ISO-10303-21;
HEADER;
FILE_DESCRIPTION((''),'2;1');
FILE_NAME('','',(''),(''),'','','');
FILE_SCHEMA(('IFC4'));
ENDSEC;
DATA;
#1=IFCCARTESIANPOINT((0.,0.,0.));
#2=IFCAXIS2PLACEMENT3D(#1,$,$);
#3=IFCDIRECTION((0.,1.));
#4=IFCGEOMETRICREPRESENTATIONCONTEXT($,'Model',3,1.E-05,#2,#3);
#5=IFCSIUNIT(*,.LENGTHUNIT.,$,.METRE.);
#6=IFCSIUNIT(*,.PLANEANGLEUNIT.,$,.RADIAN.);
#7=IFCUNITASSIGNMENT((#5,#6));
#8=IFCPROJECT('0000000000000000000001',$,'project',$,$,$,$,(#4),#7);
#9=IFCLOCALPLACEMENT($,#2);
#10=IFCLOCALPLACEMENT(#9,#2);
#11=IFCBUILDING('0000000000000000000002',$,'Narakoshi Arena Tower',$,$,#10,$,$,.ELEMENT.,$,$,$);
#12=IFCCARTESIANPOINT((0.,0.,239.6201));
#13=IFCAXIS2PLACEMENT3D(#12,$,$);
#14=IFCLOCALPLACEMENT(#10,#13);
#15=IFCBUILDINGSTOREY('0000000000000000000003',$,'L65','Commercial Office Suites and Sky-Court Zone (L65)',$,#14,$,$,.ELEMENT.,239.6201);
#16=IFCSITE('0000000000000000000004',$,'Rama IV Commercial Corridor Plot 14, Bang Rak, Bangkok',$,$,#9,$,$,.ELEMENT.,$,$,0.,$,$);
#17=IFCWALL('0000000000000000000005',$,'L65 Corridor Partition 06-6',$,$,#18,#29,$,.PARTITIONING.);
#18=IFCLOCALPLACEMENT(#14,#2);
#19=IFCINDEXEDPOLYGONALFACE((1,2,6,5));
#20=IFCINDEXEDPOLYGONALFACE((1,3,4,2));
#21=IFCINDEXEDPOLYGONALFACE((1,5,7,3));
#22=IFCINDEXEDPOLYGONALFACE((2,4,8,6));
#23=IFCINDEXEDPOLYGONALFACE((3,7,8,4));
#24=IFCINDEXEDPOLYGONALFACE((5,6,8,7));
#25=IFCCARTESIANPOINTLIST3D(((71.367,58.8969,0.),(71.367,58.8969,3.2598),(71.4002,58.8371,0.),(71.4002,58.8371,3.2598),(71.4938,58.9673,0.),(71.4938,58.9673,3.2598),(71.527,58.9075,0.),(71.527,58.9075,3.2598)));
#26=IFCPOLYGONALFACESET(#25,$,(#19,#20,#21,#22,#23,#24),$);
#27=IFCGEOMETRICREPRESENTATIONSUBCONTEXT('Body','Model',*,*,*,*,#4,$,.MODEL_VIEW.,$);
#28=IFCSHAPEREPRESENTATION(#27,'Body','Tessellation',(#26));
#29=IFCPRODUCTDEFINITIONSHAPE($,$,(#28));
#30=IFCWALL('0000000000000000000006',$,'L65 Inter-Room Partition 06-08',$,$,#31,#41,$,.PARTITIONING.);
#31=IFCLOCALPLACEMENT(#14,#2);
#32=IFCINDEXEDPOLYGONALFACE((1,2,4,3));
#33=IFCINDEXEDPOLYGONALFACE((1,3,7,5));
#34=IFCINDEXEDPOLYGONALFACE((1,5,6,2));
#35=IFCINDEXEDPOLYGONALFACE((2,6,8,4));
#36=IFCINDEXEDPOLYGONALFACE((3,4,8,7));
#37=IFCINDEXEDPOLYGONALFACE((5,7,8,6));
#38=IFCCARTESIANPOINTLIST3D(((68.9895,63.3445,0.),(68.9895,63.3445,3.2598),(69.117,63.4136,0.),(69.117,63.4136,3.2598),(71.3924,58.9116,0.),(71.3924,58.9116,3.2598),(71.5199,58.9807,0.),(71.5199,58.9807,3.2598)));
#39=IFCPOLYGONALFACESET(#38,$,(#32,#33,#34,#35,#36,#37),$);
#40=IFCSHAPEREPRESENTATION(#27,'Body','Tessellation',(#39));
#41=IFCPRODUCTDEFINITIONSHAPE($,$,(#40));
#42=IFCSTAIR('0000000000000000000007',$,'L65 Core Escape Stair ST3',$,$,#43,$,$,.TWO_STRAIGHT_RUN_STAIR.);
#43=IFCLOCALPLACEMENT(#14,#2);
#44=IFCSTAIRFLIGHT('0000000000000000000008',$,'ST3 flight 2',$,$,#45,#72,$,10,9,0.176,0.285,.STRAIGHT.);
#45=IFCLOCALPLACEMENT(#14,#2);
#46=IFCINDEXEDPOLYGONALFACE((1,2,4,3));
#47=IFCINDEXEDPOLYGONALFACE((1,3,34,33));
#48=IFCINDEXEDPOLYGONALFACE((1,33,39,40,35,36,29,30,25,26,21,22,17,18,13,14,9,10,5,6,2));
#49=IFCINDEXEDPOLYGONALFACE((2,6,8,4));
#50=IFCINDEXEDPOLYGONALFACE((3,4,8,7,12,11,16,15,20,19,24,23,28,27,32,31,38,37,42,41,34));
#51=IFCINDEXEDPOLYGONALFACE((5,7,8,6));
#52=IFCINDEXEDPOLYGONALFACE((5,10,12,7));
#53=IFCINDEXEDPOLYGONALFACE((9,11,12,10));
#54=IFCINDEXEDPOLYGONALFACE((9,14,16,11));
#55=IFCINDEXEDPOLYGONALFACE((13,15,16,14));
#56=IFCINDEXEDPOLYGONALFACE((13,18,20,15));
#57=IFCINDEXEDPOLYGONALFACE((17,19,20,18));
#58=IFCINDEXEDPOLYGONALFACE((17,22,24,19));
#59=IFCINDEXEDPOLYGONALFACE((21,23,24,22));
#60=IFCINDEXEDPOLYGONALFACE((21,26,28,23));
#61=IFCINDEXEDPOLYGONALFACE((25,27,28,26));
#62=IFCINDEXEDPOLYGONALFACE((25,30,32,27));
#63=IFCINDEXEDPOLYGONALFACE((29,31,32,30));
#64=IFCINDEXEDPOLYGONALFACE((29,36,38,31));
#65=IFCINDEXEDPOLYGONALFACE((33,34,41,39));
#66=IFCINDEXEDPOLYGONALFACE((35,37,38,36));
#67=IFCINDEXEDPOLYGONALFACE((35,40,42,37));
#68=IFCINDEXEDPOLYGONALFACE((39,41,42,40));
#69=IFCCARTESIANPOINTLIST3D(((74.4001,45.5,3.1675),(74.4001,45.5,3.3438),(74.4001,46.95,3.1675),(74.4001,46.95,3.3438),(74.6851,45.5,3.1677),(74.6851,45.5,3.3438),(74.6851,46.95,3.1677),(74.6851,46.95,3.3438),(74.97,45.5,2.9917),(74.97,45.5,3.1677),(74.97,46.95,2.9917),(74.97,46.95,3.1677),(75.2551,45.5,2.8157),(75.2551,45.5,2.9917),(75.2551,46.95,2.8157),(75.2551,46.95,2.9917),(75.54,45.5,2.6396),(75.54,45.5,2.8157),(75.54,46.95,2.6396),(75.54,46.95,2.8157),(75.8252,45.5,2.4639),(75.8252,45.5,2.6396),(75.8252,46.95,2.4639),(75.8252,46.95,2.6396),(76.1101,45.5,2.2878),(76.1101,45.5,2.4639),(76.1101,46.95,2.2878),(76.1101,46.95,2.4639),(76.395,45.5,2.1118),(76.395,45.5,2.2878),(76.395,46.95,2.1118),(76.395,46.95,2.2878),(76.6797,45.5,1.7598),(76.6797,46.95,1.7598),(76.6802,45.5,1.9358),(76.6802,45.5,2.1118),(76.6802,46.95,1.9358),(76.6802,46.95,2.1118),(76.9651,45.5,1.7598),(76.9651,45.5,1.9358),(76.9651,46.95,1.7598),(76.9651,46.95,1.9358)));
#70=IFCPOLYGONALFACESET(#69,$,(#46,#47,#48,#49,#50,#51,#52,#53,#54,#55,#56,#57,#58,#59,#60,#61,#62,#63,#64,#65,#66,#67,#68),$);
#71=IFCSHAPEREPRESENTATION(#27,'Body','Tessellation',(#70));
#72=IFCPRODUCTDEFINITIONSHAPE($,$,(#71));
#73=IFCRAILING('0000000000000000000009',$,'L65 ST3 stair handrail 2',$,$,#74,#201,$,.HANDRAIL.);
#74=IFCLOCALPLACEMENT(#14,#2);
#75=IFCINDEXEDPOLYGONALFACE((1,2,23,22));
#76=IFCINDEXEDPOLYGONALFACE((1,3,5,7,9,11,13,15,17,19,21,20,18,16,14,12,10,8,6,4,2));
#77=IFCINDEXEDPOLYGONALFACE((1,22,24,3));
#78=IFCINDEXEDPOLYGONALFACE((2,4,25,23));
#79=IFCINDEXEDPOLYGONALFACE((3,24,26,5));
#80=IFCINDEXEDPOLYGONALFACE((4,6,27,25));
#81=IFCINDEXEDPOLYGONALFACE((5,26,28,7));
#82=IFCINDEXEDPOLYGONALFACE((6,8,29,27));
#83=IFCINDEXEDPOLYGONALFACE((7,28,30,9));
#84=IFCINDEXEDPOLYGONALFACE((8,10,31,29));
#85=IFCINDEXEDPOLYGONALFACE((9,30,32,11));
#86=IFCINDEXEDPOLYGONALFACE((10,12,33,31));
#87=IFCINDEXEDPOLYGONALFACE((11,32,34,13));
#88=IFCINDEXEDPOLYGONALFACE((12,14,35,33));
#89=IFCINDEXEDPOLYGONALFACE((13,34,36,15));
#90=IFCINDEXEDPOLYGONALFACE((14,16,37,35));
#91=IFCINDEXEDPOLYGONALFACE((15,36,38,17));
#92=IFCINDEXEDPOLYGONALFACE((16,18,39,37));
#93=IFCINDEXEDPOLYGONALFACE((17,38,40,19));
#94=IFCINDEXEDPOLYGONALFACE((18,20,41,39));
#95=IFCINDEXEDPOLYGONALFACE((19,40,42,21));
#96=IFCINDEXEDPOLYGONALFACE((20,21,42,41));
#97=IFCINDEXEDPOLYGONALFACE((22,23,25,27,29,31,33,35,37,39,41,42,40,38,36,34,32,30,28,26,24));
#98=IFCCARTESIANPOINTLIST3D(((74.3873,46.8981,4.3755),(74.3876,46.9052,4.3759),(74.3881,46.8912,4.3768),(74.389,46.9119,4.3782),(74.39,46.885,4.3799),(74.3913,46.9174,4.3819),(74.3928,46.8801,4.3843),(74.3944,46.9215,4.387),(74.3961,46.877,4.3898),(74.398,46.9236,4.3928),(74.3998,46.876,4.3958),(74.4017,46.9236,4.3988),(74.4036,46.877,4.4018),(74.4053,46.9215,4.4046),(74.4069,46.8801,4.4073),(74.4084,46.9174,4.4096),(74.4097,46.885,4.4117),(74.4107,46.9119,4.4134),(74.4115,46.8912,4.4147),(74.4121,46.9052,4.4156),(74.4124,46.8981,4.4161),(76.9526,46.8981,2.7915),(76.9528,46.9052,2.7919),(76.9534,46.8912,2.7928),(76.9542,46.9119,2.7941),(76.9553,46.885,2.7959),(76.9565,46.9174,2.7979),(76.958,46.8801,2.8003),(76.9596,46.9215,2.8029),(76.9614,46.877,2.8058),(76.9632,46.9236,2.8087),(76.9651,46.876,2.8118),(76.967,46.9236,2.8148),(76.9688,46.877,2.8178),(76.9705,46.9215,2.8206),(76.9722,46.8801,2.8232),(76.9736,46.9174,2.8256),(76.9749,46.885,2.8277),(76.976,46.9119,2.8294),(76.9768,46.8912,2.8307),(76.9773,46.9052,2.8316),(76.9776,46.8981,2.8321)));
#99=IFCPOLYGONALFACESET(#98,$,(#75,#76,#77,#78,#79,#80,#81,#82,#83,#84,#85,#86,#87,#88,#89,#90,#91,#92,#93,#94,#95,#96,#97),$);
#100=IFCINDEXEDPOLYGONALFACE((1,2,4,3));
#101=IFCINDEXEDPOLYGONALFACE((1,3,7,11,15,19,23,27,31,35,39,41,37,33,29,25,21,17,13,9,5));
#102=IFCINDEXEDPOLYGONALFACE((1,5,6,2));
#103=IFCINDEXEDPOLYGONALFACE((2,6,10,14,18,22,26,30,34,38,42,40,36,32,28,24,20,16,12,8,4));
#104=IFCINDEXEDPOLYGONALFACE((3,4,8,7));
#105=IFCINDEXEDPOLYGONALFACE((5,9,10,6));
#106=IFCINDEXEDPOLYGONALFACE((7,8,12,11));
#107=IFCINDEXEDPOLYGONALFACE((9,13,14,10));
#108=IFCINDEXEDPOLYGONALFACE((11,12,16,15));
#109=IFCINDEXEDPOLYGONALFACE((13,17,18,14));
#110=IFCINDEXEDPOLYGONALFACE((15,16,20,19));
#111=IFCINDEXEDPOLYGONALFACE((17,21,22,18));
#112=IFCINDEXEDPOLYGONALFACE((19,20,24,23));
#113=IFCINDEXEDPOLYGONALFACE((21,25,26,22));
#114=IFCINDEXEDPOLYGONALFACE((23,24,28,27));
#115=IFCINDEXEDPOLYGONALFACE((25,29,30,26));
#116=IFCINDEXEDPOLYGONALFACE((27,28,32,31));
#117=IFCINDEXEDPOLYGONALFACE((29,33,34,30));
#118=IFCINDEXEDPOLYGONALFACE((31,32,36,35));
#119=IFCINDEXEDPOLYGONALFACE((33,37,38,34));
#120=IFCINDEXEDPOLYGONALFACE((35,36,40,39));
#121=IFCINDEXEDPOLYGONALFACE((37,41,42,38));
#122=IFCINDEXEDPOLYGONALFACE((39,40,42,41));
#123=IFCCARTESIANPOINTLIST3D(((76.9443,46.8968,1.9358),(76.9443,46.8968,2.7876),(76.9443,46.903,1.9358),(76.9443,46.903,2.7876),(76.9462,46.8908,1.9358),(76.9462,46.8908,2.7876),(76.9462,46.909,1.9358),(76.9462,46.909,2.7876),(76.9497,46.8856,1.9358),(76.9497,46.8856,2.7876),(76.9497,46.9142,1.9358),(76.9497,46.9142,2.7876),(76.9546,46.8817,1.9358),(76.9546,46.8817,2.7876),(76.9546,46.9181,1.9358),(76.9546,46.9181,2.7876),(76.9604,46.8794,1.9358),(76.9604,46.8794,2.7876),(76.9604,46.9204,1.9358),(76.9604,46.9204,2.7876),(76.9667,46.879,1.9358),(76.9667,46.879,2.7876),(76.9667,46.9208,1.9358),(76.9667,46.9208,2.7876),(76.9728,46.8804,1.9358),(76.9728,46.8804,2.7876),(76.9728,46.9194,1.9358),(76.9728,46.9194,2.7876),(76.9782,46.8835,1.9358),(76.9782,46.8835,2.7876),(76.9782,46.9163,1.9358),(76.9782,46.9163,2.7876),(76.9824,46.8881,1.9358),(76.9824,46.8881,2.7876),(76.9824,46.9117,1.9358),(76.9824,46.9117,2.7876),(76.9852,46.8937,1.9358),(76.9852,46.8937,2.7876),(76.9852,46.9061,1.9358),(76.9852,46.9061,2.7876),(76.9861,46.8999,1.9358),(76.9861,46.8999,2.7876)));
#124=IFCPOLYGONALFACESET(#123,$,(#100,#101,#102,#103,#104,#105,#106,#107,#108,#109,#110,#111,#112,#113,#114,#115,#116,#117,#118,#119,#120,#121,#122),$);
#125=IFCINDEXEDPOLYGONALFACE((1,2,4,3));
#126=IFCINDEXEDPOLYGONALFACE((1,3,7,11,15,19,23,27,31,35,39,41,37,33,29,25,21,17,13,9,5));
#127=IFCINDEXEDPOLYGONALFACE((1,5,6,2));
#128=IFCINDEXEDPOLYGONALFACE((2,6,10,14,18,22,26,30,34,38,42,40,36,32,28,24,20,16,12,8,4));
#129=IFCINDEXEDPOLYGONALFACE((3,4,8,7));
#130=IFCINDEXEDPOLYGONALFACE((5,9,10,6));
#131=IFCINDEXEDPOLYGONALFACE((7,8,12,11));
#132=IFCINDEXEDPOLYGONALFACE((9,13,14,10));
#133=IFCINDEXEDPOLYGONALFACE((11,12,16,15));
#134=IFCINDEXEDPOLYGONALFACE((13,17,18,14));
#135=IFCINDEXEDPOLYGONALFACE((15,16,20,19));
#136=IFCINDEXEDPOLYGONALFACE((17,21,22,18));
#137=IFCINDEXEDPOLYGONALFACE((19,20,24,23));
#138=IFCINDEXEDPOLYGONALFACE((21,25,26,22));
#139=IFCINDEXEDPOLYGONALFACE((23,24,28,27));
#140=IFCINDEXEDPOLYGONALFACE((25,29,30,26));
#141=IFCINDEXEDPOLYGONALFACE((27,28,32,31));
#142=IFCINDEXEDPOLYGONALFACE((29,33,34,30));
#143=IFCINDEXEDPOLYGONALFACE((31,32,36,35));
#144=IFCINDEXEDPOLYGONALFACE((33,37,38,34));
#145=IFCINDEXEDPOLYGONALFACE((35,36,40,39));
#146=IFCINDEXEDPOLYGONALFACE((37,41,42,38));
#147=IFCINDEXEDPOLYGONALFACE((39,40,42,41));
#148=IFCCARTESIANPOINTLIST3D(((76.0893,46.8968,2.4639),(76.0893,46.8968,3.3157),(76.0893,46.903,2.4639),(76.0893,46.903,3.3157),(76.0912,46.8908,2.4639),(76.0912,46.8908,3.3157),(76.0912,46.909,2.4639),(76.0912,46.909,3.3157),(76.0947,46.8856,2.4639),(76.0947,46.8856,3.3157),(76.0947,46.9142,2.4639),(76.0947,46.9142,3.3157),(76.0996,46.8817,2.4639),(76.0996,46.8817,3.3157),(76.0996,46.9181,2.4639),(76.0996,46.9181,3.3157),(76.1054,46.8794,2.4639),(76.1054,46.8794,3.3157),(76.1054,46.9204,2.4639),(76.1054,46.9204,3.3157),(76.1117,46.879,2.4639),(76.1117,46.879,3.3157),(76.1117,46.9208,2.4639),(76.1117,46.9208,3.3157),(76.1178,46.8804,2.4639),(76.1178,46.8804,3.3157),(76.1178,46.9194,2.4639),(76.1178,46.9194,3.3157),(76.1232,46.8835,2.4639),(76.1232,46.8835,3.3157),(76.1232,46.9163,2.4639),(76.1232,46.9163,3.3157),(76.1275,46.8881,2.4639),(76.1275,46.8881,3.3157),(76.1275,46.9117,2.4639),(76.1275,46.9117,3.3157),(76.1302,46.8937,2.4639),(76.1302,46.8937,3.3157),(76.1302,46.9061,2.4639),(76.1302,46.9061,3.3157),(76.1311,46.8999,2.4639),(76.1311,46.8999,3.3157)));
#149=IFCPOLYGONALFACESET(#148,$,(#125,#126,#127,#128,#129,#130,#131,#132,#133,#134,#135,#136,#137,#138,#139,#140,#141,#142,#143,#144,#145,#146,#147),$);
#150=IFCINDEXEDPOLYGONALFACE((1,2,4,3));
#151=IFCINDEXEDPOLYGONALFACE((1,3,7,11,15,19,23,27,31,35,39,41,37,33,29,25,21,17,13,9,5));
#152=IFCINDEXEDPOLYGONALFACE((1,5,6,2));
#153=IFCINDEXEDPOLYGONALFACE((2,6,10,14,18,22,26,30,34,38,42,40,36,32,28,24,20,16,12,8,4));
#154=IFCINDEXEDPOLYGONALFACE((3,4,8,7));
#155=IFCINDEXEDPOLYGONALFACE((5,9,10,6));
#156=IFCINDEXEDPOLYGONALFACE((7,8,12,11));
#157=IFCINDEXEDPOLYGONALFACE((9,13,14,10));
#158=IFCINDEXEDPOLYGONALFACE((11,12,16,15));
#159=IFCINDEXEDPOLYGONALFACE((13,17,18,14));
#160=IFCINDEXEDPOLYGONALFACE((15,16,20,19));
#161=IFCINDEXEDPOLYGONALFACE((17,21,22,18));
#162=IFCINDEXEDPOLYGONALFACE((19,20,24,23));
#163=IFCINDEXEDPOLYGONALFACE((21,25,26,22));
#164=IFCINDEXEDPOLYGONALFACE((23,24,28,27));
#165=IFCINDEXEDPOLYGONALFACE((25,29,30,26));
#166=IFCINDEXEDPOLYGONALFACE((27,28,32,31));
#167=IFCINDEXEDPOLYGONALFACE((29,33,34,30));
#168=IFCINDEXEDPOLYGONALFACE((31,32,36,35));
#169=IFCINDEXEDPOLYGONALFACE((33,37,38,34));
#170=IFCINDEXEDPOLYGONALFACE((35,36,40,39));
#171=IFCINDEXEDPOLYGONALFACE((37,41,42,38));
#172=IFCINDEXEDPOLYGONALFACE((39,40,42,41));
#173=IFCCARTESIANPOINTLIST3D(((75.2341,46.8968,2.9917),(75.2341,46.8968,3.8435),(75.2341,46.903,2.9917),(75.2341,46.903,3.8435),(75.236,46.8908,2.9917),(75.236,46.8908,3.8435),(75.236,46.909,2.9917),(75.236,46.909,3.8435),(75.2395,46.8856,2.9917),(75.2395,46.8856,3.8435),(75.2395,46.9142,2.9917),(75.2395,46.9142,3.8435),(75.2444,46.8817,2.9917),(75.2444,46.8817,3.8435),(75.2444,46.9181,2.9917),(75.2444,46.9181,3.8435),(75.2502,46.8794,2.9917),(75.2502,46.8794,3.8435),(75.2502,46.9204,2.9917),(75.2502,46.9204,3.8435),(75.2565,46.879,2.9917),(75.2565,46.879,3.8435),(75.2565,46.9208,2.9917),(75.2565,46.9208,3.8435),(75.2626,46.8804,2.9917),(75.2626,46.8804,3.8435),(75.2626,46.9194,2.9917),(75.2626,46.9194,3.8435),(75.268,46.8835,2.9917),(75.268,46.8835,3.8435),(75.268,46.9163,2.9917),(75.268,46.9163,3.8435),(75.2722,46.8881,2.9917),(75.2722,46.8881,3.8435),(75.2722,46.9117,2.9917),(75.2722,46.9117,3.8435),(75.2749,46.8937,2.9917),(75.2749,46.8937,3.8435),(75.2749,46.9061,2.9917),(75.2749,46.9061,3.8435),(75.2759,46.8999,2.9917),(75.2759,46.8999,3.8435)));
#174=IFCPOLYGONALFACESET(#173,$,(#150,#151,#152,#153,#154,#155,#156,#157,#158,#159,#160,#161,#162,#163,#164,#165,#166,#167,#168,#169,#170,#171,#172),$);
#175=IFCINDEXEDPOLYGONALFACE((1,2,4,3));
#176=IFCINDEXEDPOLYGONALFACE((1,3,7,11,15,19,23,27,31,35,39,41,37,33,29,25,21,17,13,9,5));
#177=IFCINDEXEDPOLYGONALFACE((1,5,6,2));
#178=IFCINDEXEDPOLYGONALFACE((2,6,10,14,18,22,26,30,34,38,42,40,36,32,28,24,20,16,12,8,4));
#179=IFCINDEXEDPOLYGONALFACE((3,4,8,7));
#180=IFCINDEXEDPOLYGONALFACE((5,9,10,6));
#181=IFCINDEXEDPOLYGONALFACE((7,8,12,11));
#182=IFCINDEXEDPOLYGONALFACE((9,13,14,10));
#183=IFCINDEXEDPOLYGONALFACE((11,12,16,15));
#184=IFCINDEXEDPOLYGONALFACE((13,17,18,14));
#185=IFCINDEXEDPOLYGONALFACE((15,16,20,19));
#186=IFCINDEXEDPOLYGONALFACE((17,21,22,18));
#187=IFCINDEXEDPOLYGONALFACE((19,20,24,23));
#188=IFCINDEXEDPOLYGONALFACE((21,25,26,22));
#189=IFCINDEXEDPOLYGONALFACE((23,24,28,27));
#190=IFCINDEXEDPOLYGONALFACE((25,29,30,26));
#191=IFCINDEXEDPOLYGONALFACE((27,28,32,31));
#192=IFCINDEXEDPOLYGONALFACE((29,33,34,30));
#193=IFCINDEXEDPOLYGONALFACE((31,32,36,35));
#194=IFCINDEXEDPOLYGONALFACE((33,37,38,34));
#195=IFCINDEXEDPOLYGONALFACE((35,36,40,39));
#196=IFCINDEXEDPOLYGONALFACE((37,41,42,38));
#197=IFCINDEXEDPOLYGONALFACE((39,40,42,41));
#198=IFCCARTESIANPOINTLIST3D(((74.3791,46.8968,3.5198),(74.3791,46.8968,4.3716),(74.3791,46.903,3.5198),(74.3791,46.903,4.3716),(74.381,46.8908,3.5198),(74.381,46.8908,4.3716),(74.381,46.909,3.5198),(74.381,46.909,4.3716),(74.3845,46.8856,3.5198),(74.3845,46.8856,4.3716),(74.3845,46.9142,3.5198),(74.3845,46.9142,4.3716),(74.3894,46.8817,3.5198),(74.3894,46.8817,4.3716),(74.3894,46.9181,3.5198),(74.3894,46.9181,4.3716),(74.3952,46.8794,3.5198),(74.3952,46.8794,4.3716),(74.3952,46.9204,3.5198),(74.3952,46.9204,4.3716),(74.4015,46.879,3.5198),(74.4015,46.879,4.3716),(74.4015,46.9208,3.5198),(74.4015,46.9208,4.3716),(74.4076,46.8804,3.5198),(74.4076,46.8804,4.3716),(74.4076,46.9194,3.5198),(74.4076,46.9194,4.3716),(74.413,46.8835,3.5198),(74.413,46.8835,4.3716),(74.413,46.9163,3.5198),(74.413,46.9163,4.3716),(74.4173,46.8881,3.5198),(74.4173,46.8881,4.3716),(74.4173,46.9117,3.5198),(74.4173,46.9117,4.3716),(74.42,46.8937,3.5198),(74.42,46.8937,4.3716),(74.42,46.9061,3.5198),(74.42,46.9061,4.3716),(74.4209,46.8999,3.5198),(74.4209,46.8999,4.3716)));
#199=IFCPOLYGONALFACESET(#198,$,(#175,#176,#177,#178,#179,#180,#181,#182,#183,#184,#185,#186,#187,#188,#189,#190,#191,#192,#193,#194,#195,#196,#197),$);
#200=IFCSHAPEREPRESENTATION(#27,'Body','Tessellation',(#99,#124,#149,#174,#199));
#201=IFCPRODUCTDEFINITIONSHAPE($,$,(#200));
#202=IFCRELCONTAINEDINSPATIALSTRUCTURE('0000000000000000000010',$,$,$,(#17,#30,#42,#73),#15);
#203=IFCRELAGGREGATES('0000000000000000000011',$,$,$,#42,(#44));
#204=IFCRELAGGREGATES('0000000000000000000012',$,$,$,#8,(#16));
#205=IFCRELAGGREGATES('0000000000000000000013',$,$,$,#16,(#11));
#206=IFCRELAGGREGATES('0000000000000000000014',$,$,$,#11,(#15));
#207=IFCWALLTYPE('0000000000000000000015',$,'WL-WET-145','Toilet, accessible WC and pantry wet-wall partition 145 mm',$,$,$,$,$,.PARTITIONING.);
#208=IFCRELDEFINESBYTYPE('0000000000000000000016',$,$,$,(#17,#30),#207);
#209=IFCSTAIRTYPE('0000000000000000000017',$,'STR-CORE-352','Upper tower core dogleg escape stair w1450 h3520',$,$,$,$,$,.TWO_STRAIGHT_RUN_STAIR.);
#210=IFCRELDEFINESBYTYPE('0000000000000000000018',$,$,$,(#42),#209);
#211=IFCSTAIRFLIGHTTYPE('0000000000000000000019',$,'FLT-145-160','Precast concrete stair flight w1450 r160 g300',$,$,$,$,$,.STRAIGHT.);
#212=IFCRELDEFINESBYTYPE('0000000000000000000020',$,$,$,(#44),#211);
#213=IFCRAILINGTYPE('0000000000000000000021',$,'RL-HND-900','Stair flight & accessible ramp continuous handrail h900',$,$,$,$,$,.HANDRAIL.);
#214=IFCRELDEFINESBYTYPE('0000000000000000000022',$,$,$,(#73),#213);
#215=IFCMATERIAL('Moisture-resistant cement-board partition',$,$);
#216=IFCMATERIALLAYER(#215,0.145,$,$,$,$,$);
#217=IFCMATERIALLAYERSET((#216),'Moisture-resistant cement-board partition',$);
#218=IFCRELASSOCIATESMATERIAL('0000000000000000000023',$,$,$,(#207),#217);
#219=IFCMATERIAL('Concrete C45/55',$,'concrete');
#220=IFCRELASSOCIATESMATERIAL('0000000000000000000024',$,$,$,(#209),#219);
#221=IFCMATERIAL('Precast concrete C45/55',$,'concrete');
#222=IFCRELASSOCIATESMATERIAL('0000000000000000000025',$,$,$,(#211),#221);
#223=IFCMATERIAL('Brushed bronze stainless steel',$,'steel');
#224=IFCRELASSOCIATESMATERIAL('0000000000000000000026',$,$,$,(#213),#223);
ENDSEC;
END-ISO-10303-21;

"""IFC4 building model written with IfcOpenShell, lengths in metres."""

from ifc_helpers import new_model, si_unit, direction, frame, frame_2d, origin, origin_2d, place, context, subcontext, project, spatial, polyline, rectangle, circle, outline, extrude, material, layer, layer_set, type_object, element, aggregate, save


model = new_model("IFC4")

# Units and contexts
model_context = context("Model", 3, precision=1e-05, world=origin(), true_north=direction((0.0, 1.0)))
body_context = subcontext(model_context, "Body", "Model", "MODEL_VIEW")
ifc_project = project(units=[si_unit("LENGTHUNIT", "METRE"), si_unit("PLANEANGLEUNIT", "RADIAN")], contexts=[model_context])

# Site, building, storey
site_placement = place(None, origin())
site = spatial("IfcSite", under=ifc_project, at=site_placement, Name="Rama IV Commercial Corridor Plot 14, Bang Rak, Bangkok", CompositionType="ELEMENT", RefElevation=0.0)
building_placement = place(site_placement, origin())
building = spatial("IfcBuilding", under=site, at=building_placement, Name="Narakoshi Arena Tower", CompositionType="ELEMENT")
storey_placement = place(building_placement, frame((0.0, 0.0, 239.6201)))
storey = spatial("IfcBuildingStorey", under=building, at=storey_placement, Name="L65", Description="Commercial Office Suites and Sky-Court Zone (L65)", CompositionType="ELEMENT", Elevation=239.6201)

# Shared definitions
ifc_material_1 = material(Name="Brushed bronze stainless steel", Category="steel")

# Walls
ifc_material_2 = material(Name="Moisture-resistant cement-board partition")
ifc_layer_1 = layer(ifc_material_2, 0.145)
ifc_layer_set_1 = layer_set([ifc_layer_1], Name="Moisture-resistant cement-board partition")
wall_type_1 = type_object("IfcWallType", Name="WL-WET-145", Description="Toilet, accessible WC and pantry wet-wall partition 145 mm", PredefinedType="PARTITIONING", material=ifc_layer_set_1)
wall_1_placement = place(storey_placement, frame((71.4636, 58.8723, 0.0), z_axis=(0.0, 0.0, 1.0), x_axis=(-0.48534, 0.874326, 0.0)))
element("IfcWall", 1, at=wall_1_placement, inside=storey, type_object=wall_type_1, Name="L65 Corridor Partition 06-6", PredefinedType="PARTITIONING", context=body_context, shape_type="SweptSolid", body=[
    extrude(rectangle(XDim=0.0684, YDim=0.145, at=frame_2d((0.0342, 0.0))), origin(), (0.0, 0.0, 1.0), 3.2598),
])
wall_2_placement = place(storey_placement, frame((71.4561, 58.9463, 0.0), z_axis=(0.0, 0.0, 1.0), x_axis=(-0.476544, 0.879151, 0.0)))
element("IfcWall", 2, at=wall_2_placement, inside=storey, type_object=wall_type_1, Name="L65 Inter-Room Partition 06-08", PredefinedType="PARTITIONING", context=body_context, shape_type="SweptSolid", body=[
    extrude(rectangle(XDim=5.0422, YDim=0.145, at=frame_2d((2.521, 0.0))), origin(), (0.0, 0.0, 1.0), 3.2598),
])

# Stair, stair flight
ifc_material_3 = material(Name="Concrete C45/55", Category="concrete")
stair_type = type_object("IfcStairType", Name="STR-CORE-352", Description="Upper tower core dogleg escape stair w1450 h3520", PredefinedType="TWO_STRAIGHT_RUN_STAIR", material=ifc_material_3)
stair_placement = place(storey_placement, origin())
stair = element("IfcStair", 3, at=stair_placement, inside=storey, type_object=stair_type, Name="L65 Core Escape Stair ST3", PredefinedType="TWO_STRAIGHT_RUN_STAIR")
ifc_material_4 = material(Name="Precast concrete C45/55", Category="concrete")
stair_flight_type = type_object("IfcStairFlightType", Name="FLT-145-160", Description="Precast concrete stair flight w1450 r160 g300", PredefinedType="STRAIGHT", material=ifc_material_4)
stair_flight_placement = place(storey_placement, frame((76.9651, 46.2251, 1.7598), z_axis=(0.0, 0.0, 1.0), x_axis=(-1.0, 0.0, 0.0)))
stair_flight = element("IfcStairFlight", 4, at=stair_flight_placement, type_object=stair_flight_type, Name="ST3 flight 2", NumberOfRisers=10, NumberOfTreads=9, PredefinedType="STRAIGHT", RiserHeight=0.176, TreadLength=0.285, context=body_context, shape_type="SweptSolid", body=[
    extrude(outline(polyline([(0.0, 0.0), (0.0, 0.176), (0.2849, 0.176), (0.2849, 0.3521), (0.5701, 0.3521), (0.5701, 0.5281), (0.855, 0.5281), (0.855, 0.7041), (1.1399, 0.7041), (1.1399, 0.8799), (1.425, 0.8799), (1.425, 1.0559), (1.71, 1.0559), (1.71, 1.2319), (1.9951, 1.2319), (1.9951, 1.408), (2.28, 1.408), (2.28, 1.584), (2.5649, 1.584), (2.5649, 1.76), (2.5649, 1.4077), (0.2854, 0.0), (0.0, 0.0)])), frame((0.0, 0.7251, 0.0), z_axis=(0.0, -1.0, 0.0), x_axis=(1.0, 0.0, 0.0)), (0.0, 0.0, 1.0), 1.45),
])
aggregate(stair, [stair_flight])

# Railing
railing_type = type_object("IfcRailingType", Name="RL-HND-900", Description="Stair flight & accessible ramp continuous handrail h900", PredefinedType="HANDRAIL", material=ifc_material_1)
railing_placement = place(storey_placement, frame((76.9651, 46.8999, 1.9358)))
element("IfcRailing", 5, at=railing_placement, inside=storey, type_object=railing_type, Name="L65 ST3 stair handrail 2", PredefinedType="HANDRAIL", context=body_context, shape_type="SweptSolid", body=[
    extrude(circle(Radius=0.0239, at=origin_2d()), frame((0.0, 0.0, 0.876), z_axis=(-0.850857, 0.0, 0.525398), x_axis=(0.0, -1.0, 0.0)), (0.0, 0.0, 1.0), 3.0149),
    extrude(circle(Radius=0.021, at=origin_2d()), origin(), (0.0, 0.0, 1.0), 0.8518),
    extrude(circle(Radius=0.021, at=origin_2d()), frame((-0.855, 0.0, 0.5281)), (0.0, 0.0, 1.0), 0.8518),
    extrude(circle(Radius=0.021, at=origin_2d()), frame((-1.7102, 0.0, 1.0559)), (0.0, 0.0, 1.0), 0.8518),
    extrude(circle(Radius=0.021, at=origin_2d()), frame((-2.5652, 0.0, 1.584)), (0.0, 0.0, 1.0), 0.8518),
])

save(model, "model.ifc")
